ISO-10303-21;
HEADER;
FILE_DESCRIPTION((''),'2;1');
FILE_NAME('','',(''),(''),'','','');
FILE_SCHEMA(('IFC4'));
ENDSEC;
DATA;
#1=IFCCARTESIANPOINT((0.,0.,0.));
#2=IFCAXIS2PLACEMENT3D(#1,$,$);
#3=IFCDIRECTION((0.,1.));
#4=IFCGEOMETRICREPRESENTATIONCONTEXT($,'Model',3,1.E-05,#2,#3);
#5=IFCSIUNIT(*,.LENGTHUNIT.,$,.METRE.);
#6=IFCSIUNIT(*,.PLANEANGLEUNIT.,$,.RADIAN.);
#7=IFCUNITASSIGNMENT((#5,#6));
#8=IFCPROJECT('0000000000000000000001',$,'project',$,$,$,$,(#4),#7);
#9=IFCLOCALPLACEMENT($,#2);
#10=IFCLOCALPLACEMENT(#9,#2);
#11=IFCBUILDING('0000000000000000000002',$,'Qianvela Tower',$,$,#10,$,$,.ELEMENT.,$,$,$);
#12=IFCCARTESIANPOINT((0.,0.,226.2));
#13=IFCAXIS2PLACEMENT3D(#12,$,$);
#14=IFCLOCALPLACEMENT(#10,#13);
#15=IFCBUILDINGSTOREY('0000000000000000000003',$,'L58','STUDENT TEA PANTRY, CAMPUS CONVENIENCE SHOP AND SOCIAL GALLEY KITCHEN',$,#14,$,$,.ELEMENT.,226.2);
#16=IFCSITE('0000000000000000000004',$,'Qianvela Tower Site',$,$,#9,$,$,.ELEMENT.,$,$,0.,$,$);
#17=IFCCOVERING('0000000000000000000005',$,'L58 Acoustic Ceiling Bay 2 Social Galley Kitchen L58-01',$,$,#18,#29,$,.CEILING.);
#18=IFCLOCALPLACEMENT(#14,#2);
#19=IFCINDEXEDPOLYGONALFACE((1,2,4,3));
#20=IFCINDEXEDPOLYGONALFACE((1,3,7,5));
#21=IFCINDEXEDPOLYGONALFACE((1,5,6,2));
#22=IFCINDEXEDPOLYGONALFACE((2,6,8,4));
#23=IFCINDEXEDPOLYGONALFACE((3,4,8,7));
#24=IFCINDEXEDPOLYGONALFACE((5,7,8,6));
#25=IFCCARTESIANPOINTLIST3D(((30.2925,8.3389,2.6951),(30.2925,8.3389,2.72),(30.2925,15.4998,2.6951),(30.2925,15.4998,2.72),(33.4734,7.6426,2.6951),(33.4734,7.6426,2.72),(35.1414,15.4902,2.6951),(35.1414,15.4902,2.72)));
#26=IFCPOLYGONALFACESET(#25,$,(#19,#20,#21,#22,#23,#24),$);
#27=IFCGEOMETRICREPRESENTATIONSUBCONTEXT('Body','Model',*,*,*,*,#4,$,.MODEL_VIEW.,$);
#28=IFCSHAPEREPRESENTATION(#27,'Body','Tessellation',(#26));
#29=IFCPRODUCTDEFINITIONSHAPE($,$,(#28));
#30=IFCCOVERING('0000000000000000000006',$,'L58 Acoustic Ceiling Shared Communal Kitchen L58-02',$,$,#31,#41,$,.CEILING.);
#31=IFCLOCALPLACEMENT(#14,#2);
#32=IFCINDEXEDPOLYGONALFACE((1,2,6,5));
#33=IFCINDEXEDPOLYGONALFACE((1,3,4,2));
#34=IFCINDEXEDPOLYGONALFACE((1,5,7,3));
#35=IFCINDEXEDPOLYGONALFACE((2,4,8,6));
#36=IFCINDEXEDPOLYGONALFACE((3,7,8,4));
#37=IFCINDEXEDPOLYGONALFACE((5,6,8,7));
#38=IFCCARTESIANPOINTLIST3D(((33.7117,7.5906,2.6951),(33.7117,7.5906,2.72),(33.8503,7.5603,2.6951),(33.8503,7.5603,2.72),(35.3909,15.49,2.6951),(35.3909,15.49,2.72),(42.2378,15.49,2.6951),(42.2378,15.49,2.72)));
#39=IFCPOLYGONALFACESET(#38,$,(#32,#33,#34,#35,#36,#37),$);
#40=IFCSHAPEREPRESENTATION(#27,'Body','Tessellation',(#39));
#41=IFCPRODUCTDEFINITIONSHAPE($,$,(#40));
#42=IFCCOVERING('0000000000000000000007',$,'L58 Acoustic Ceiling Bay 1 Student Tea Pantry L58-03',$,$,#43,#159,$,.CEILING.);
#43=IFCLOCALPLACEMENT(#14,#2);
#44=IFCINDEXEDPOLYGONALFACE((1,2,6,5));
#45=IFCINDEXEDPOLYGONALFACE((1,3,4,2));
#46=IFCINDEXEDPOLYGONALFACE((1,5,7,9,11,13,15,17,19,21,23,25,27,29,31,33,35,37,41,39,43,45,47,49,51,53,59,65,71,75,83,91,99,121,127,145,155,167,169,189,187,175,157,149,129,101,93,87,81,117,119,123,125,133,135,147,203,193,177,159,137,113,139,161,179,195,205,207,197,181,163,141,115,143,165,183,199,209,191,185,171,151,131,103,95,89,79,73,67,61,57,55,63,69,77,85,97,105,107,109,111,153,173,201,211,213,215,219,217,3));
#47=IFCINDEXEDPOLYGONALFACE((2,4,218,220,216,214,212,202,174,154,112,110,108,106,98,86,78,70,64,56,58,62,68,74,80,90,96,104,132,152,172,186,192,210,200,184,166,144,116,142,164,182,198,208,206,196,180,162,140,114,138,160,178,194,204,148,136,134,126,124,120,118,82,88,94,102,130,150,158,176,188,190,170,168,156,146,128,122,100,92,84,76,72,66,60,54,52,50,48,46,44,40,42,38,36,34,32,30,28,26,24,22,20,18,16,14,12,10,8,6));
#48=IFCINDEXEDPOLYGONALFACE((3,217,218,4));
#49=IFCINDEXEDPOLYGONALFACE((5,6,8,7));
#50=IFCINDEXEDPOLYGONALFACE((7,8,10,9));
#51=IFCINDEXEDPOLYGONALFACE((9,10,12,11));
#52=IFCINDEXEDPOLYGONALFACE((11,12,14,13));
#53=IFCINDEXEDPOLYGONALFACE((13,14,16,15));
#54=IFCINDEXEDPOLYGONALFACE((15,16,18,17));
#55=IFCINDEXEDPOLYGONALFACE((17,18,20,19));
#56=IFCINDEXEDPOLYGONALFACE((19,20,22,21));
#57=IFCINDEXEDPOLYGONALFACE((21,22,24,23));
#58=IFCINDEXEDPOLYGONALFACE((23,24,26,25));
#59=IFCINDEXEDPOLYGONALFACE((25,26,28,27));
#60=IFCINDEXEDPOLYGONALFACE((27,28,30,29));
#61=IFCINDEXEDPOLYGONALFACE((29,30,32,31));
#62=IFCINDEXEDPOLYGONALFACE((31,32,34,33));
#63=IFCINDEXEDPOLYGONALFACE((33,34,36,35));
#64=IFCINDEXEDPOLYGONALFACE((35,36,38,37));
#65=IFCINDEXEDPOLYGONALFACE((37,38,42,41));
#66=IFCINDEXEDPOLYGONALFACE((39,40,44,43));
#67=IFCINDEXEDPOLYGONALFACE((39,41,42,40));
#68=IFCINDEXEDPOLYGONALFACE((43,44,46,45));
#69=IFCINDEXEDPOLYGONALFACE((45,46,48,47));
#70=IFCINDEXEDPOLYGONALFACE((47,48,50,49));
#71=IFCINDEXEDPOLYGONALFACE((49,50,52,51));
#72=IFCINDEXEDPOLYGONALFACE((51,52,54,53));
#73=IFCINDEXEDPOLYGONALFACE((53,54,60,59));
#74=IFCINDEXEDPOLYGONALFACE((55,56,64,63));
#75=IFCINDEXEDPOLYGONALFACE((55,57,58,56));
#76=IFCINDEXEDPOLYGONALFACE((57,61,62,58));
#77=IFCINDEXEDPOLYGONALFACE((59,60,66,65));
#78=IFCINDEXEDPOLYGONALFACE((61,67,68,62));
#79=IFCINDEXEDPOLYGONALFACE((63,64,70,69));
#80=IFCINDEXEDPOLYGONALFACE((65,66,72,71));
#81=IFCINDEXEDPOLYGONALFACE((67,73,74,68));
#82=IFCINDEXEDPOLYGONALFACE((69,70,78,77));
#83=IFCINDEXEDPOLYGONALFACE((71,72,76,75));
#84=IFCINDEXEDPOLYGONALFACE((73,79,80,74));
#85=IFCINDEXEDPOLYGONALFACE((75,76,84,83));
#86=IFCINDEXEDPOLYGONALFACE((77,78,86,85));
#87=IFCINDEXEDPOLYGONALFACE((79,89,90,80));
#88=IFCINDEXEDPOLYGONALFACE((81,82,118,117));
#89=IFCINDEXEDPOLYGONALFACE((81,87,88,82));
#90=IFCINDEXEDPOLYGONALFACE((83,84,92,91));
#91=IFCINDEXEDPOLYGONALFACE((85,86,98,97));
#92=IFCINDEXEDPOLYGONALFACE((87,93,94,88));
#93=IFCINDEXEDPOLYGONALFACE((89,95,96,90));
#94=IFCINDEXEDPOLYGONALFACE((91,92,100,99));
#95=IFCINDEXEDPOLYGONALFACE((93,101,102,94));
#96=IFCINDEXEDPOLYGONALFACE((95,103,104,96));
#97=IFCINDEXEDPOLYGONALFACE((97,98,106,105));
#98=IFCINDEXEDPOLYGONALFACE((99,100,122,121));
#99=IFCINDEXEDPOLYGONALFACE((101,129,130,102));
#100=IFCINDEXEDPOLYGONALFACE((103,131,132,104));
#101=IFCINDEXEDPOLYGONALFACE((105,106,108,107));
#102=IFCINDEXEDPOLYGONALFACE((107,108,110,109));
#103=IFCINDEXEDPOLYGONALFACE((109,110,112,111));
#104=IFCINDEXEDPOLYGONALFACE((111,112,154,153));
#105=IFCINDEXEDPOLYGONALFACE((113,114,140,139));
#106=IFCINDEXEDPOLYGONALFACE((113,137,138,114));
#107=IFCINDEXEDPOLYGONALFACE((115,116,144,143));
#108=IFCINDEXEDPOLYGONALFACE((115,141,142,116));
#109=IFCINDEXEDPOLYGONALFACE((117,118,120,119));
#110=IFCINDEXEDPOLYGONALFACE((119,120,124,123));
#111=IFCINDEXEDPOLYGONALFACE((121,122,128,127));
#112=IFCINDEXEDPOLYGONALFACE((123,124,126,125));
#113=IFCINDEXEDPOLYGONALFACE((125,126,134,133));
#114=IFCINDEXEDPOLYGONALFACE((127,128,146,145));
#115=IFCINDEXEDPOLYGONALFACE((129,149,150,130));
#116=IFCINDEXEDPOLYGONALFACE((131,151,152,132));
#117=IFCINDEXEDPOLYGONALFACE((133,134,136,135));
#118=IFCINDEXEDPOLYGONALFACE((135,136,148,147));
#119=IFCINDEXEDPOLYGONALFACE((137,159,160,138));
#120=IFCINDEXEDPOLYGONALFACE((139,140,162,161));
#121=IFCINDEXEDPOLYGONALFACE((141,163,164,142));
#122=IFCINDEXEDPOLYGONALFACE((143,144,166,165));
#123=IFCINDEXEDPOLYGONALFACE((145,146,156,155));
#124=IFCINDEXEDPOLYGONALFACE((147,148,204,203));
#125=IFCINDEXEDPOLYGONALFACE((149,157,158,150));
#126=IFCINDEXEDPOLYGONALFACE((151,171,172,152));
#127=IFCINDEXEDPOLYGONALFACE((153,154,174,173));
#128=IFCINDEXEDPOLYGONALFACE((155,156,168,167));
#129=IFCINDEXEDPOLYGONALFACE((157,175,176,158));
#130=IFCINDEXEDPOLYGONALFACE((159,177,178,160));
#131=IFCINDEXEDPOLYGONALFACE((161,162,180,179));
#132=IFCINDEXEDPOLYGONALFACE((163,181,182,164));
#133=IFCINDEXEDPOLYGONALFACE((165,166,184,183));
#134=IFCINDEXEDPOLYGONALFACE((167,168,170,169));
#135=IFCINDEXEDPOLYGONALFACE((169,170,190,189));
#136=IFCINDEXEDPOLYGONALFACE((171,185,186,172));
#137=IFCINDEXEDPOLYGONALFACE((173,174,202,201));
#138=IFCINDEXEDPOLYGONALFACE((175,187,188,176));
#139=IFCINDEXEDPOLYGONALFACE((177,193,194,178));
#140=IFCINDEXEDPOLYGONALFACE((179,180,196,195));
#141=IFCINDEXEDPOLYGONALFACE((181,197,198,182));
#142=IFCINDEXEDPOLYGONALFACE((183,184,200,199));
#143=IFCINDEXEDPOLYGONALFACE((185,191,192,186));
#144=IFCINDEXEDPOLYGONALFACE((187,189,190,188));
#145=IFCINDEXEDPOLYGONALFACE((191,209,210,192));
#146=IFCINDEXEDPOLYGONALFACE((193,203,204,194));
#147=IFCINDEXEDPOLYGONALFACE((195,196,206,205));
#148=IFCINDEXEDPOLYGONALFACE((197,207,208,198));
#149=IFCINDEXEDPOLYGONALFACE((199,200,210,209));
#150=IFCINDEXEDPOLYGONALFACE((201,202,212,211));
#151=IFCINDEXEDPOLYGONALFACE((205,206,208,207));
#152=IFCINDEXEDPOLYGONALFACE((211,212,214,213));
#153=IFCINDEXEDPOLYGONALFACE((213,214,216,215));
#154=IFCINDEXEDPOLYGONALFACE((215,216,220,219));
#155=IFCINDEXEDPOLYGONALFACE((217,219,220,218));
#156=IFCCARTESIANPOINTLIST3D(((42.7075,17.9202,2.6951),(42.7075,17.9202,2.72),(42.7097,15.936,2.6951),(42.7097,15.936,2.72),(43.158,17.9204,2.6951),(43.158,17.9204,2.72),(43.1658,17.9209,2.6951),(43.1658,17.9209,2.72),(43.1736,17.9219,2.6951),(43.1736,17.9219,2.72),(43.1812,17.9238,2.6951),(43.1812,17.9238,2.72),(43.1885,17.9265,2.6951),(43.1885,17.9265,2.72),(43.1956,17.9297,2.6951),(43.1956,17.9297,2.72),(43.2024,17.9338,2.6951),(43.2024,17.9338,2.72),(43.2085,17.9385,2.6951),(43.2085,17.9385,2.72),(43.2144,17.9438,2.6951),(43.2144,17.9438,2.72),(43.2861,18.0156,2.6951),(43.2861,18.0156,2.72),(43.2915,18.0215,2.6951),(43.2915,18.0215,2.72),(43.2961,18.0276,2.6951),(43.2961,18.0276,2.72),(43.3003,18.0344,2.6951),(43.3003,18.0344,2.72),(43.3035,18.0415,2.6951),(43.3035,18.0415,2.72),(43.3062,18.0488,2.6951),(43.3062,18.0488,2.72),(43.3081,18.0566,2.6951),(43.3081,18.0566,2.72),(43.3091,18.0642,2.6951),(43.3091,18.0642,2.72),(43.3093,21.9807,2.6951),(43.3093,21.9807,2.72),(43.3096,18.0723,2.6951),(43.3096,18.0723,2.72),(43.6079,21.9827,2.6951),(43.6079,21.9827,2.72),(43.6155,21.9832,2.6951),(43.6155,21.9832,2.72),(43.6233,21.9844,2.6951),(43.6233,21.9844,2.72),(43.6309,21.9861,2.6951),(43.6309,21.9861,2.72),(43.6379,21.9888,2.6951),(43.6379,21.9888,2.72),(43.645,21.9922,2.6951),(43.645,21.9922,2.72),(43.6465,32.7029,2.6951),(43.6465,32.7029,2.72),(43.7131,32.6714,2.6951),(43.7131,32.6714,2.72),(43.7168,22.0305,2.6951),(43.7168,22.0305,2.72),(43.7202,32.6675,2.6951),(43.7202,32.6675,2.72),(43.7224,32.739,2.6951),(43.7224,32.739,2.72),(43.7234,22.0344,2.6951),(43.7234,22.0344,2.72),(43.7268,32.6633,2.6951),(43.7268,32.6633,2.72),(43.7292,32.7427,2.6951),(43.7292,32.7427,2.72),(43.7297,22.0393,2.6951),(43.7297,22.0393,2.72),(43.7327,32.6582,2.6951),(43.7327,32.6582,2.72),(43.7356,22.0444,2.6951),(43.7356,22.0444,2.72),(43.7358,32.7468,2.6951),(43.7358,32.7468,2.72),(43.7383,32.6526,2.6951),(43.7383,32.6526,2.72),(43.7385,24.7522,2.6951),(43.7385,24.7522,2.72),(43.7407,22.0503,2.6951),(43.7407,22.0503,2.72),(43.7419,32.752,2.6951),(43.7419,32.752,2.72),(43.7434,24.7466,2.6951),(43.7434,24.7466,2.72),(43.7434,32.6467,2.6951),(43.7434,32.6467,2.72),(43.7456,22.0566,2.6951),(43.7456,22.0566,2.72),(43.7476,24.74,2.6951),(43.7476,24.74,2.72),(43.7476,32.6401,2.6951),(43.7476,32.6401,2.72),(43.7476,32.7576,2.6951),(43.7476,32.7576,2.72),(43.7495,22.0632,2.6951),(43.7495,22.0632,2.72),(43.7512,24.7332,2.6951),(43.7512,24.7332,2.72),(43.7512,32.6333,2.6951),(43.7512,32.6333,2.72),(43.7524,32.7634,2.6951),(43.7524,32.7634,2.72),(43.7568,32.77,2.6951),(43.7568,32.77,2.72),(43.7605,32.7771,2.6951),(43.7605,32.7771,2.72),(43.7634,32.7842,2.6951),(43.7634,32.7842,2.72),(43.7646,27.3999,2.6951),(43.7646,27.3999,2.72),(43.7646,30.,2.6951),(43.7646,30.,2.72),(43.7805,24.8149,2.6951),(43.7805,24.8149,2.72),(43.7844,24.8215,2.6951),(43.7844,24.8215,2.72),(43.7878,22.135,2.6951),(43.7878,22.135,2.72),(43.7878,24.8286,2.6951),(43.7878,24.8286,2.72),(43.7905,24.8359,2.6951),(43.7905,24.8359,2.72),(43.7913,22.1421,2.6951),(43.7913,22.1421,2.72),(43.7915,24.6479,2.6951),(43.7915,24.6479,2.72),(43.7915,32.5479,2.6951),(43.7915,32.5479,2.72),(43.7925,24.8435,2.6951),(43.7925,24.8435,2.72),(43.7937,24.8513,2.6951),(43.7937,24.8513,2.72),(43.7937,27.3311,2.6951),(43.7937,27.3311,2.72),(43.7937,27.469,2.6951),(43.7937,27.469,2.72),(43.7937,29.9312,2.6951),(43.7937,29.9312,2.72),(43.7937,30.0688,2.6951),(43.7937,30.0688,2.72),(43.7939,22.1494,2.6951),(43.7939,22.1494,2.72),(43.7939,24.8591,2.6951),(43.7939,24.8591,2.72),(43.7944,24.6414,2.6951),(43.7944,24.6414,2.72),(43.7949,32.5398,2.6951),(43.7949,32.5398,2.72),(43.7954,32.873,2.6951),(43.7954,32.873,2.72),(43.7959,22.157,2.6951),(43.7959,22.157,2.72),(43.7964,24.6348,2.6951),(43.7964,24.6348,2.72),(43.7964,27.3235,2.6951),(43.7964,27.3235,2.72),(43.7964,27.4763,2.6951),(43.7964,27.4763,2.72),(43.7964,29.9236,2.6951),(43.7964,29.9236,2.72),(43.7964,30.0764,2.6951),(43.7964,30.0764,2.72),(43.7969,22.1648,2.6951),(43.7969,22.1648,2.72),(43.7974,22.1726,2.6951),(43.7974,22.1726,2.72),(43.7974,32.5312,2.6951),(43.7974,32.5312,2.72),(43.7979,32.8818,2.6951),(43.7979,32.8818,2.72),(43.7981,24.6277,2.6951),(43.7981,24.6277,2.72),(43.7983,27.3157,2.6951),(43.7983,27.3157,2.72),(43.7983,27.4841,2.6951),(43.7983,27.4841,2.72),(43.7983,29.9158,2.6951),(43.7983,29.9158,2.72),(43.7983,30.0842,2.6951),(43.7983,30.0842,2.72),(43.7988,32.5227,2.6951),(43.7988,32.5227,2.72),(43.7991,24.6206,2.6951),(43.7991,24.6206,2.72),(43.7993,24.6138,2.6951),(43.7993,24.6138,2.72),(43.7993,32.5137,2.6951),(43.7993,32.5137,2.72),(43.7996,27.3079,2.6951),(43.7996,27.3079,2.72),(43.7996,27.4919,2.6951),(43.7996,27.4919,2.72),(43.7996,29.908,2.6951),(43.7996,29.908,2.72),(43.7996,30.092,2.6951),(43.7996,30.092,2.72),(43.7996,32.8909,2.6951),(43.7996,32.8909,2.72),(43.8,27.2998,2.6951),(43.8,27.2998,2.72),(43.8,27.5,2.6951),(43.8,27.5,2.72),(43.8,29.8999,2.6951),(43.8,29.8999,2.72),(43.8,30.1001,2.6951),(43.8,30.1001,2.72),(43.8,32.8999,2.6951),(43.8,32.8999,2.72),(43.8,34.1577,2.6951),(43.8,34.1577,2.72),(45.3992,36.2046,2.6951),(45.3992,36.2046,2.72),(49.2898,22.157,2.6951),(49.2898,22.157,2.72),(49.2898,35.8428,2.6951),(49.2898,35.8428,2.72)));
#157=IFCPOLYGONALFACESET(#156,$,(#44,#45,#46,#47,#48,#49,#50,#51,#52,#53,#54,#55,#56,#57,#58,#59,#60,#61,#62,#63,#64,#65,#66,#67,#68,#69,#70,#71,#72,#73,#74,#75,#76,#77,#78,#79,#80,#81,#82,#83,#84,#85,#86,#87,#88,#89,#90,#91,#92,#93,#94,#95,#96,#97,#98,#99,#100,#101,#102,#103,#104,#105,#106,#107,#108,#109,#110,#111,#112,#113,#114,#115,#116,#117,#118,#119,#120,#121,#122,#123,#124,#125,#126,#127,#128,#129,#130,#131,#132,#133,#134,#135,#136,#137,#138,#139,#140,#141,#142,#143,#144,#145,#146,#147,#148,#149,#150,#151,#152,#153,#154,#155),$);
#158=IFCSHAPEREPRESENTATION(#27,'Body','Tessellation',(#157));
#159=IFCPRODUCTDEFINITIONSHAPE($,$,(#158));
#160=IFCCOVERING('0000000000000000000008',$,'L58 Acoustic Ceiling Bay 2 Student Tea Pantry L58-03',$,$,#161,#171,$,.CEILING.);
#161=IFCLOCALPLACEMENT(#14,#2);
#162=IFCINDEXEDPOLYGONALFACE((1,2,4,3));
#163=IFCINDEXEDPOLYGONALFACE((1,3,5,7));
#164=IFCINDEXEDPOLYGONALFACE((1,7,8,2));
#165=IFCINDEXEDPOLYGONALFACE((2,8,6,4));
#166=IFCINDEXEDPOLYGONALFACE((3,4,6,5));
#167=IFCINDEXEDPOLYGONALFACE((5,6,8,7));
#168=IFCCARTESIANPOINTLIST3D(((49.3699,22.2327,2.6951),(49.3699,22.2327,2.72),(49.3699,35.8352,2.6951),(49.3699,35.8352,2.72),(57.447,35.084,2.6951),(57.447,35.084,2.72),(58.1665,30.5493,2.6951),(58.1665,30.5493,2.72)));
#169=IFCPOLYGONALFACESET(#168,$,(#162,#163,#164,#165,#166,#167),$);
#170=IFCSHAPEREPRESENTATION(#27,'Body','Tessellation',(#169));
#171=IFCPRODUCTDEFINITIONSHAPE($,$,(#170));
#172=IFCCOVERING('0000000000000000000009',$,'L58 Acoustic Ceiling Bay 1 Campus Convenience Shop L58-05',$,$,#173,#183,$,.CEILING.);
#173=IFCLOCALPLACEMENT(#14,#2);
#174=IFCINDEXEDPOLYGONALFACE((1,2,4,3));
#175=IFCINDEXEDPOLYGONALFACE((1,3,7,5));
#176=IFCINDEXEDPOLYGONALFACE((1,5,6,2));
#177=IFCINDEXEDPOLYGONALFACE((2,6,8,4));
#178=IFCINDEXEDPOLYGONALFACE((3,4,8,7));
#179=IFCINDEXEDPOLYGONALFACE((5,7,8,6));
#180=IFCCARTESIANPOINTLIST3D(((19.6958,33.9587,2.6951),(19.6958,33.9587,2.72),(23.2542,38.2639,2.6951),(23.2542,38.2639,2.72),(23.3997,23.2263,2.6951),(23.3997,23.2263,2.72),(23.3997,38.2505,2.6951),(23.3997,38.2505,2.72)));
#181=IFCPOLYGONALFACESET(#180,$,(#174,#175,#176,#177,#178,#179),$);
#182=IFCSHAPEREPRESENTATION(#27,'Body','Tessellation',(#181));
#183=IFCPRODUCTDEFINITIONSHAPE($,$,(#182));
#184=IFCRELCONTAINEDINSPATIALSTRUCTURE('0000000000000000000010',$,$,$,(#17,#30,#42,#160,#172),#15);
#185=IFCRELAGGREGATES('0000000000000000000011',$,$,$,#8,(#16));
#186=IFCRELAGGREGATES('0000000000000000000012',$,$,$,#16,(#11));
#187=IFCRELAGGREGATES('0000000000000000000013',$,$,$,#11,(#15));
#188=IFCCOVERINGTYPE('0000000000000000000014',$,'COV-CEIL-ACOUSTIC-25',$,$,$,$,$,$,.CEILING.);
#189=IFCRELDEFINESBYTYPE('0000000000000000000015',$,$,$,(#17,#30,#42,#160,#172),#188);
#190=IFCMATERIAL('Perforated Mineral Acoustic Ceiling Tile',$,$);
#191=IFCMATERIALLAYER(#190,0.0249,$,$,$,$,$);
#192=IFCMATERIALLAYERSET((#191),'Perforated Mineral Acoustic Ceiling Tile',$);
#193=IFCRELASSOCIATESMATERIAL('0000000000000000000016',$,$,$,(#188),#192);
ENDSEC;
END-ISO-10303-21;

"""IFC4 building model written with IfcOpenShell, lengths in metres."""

from ifc_helpers import new_model, si_unit, direction, frame, origin, place, context, subcontext, project, spatial, polyline, outline, extrude, material, layer, layer_set, type_object, element, save


model = new_model("IFC4")

# Units and contexts
model_context = context("Model", 3, precision=1e-05, world=origin(), true_north=direction((0.0, 1.0)))
body_context = subcontext(model_context, "Body", "Model", "MODEL_VIEW")
ifc_project = project(units=[si_unit("LENGTHUNIT", "METRE"), si_unit("PLANEANGLEUNIT", "RADIAN")], contexts=[model_context])

# Site, building, storey
site_placement = place(None, origin())
site = spatial("IfcSite", under=ifc_project, at=site_placement, Name="Qianvela Tower Site", CompositionType="ELEMENT", RefElevation=0.0)
building_placement = place(site_placement, origin())
building = spatial("IfcBuilding", under=site, at=building_placement, Name="Qianvela Tower", CompositionType="ELEMENT")
storey_placement = place(building_placement, frame((0.0, 0.0, 226.2)))
storey = spatial("IfcBuildingStorey", under=building, at=storey_placement, Name="L58", Description="STUDENT TEA PANTRY, CAMPUS CONVENIENCE SHOP AND SOCIAL GALLEY KITCHEN", CompositionType="ELEMENT", Elevation=226.2)

# Coverings
ifc_material_1 = material(Name="Perforated Mineral Acoustic Ceiling Tile")
ifc_layer_1 = layer(ifc_material_1, 0.0249)
ifc_layer_set_1 = layer_set([ifc_layer_1], Name="Perforated Mineral Acoustic Ceiling Tile")
covering_type_1 = type_object("IfcCoveringType", Name="COV-CEIL-ACOUSTIC-25", PredefinedType="CEILING", material=ifc_layer_set_1)
covering_1_placement = place(storey_placement, frame((0.0, 0.0, 2.6951)))
element("IfcCovering", 1, at=covering_1_placement, inside=storey, type_object=covering_type_1, Name="L58 Acoustic Ceiling Bay 2 Social Galley Kitchen L58-01", PredefinedType="CEILING", context=body_context, shape_type="SweptSolid", body=[
    extrude(outline(polyline([(35.1414, 15.4902), (33.4734, 7.6426), (30.2925, 8.3389), (30.2925, 15.4998), (35.1414, 15.4902)])), origin(), (0.0, 0.0, 1.0), 0.0249),
])
covering_2_placement = place(storey_placement, frame((0.0, 0.0, 2.6951)))
element("IfcCovering", 2, at=covering_2_placement, inside=storey, type_object=covering_type_1, Name="L58 Acoustic Ceiling Shared Communal Kitchen L58-02", PredefinedType="CEILING", context=body_context, shape_type="SweptSolid", body=[
    extrude(outline(polyline([(35.3909, 15.49), (42.2378, 15.49), (33.8503, 7.5603), (33.7117, 7.5906), (35.3909, 15.49)])), origin(), (0.0, 0.0, 1.0), 0.0249),
])
covering_3_placement = place(storey_placement, frame((0.0, 0.0, 2.6951)))
element("IfcCovering", 3, at=covering_3_placement, inside=storey, type_object=covering_type_1, Name="L58 Acoustic Ceiling Bay 1 Student Tea Pantry L58-03", PredefinedType="CEILING", context=body_context, shape_type="SweptSolid", body=[
    extrude(outline(polyline([(42.7075, 17.9202), (43.158, 17.9204), (43.1658, 17.9209), (43.1736, 17.9219), (43.1812, 17.9238), (43.1885, 17.9265), (43.1956, 17.9297), (43.2024, 17.9338), (43.2085, 17.9385), (43.2144, 17.9438), (43.2861, 18.0156), (43.2915, 18.0215), (43.2961, 18.0276), (43.3003, 18.0344), (43.3035, 18.0415), (43.3062, 18.0488), (43.3081, 18.0566), (43.3091, 18.0642), (43.3096, 18.0723), (43.3093, 21.9807), (43.6079, 21.9827), (43.6155, 21.9832), (43.6233, 21.9844), (43.6309, 21.9861), (43.6379, 21.9888), (43.645, 21.9922), (43.7168, 22.0305), (43.7234, 22.0344), (43.7297, 22.0393), (43.7356, 22.0444), (43.7407, 22.0503), (43.7456, 22.0566), (43.7495, 22.0632), (43.7878, 22.135), (43.7913, 22.1421), (43.7939, 22.1494), (43.7959, 22.157), (43.7969, 22.1648), (43.7974, 22.1726), (43.7993, 24.6138), (43.7991, 24.6206), (43.7981, 24.6277), (43.7964, 24.6348), (43.7944, 24.6414), (43.7915, 24.6479), (43.7512, 24.7332), (43.7476, 24.74), (43.7434, 24.7466), (43.7385, 24.7522), (43.7805, 24.8149), (43.7844, 24.8215), (43.7878, 24.8286), (43.7905, 24.8359), (43.7925, 24.8435), (43.7937, 24.8513), (43.7939, 24.8591), (43.8, 27.2998), (43.7996, 27.3079), (43.7983, 27.3157), (43.7964, 27.3235), (43.7937, 27.3311), (43.7646, 27.3999), (43.7937, 27.469), (43.7964, 27.4763), (43.7983, 27.4841), (43.7996, 27.4919), (43.8, 27.5), (43.8, 29.8999), (43.7996, 29.908), (43.7983, 29.9158), (43.7964, 29.9236), (43.7937, 29.9312), (43.7646, 30.0), (43.7937, 30.0688), (43.7964, 30.0764), (43.7983, 30.0842), (43.7996, 30.092), (43.8, 30.1001), (43.7993, 32.5137), (43.7988, 32.5227), (43.7974, 32.5312), (43.7949, 32.5398), (43.7915, 32.5479), (43.7512, 32.6333), (43.7476, 32.6401), (43.7434, 32.6467), (43.7383, 32.6526), (43.7327, 32.6582), (43.7268, 32.6633), (43.7202, 32.6675), (43.7131, 32.6714), (43.6465, 32.7029), (43.7224, 32.739), (43.7292, 32.7427), (43.7358, 32.7468), (43.7419, 32.752), (43.7476, 32.7576), (43.7524, 32.7634), (43.7568, 32.77), (43.7605, 32.7771), (43.7634, 32.7842), (43.7954, 32.873), (43.7979, 32.8818), (43.7996, 32.8909), (43.8, 32.8999), (43.8, 34.1577), (45.3992, 36.2046), (49.2898, 35.8428), (49.2898, 22.157), (42.7097, 15.936), (42.7075, 17.9202)])), origin(), (0.0, 0.0, 1.0), 0.0249),
])
covering_4_placement = place(storey_placement, frame((0.0, 0.0, 2.6951)))
element("IfcCovering", 4, at=covering_4_placement, inside=storey, type_object=covering_type_1, Name="L58 Acoustic Ceiling Bay 2 Student Tea Pantry L58-03", PredefinedType="CEILING", context=body_context, shape_type="SweptSolid", body=[
    extrude(outline(polyline([(57.447, 35.084), (58.1665, 30.5493), (49.3699, 22.2327), (49.3699, 35.8352), (57.447, 35.084)])), origin(), (0.0, 0.0, 1.0), 0.0249),
])
covering_5_placement = place(storey_placement, frame((0.0, 0.0, 2.6951)))
element("IfcCovering", 5, at=covering_5_placement, inside=storey, type_object=covering_type_1, Name="L58 Acoustic Ceiling Bay 1 Campus Convenience Shop L58-05", PredefinedType="CEILING", context=body_context, shape_type="SweptSolid", body=[
    extrude(outline(polyline([(23.3997, 38.2505), (23.3997, 23.2263), (19.6958, 33.9587), (23.2542, 38.2639), (23.3997, 38.2505)])), origin(), (0.0, 0.0, 1.0), 0.0249),
])

save(model, "model.ifc")
